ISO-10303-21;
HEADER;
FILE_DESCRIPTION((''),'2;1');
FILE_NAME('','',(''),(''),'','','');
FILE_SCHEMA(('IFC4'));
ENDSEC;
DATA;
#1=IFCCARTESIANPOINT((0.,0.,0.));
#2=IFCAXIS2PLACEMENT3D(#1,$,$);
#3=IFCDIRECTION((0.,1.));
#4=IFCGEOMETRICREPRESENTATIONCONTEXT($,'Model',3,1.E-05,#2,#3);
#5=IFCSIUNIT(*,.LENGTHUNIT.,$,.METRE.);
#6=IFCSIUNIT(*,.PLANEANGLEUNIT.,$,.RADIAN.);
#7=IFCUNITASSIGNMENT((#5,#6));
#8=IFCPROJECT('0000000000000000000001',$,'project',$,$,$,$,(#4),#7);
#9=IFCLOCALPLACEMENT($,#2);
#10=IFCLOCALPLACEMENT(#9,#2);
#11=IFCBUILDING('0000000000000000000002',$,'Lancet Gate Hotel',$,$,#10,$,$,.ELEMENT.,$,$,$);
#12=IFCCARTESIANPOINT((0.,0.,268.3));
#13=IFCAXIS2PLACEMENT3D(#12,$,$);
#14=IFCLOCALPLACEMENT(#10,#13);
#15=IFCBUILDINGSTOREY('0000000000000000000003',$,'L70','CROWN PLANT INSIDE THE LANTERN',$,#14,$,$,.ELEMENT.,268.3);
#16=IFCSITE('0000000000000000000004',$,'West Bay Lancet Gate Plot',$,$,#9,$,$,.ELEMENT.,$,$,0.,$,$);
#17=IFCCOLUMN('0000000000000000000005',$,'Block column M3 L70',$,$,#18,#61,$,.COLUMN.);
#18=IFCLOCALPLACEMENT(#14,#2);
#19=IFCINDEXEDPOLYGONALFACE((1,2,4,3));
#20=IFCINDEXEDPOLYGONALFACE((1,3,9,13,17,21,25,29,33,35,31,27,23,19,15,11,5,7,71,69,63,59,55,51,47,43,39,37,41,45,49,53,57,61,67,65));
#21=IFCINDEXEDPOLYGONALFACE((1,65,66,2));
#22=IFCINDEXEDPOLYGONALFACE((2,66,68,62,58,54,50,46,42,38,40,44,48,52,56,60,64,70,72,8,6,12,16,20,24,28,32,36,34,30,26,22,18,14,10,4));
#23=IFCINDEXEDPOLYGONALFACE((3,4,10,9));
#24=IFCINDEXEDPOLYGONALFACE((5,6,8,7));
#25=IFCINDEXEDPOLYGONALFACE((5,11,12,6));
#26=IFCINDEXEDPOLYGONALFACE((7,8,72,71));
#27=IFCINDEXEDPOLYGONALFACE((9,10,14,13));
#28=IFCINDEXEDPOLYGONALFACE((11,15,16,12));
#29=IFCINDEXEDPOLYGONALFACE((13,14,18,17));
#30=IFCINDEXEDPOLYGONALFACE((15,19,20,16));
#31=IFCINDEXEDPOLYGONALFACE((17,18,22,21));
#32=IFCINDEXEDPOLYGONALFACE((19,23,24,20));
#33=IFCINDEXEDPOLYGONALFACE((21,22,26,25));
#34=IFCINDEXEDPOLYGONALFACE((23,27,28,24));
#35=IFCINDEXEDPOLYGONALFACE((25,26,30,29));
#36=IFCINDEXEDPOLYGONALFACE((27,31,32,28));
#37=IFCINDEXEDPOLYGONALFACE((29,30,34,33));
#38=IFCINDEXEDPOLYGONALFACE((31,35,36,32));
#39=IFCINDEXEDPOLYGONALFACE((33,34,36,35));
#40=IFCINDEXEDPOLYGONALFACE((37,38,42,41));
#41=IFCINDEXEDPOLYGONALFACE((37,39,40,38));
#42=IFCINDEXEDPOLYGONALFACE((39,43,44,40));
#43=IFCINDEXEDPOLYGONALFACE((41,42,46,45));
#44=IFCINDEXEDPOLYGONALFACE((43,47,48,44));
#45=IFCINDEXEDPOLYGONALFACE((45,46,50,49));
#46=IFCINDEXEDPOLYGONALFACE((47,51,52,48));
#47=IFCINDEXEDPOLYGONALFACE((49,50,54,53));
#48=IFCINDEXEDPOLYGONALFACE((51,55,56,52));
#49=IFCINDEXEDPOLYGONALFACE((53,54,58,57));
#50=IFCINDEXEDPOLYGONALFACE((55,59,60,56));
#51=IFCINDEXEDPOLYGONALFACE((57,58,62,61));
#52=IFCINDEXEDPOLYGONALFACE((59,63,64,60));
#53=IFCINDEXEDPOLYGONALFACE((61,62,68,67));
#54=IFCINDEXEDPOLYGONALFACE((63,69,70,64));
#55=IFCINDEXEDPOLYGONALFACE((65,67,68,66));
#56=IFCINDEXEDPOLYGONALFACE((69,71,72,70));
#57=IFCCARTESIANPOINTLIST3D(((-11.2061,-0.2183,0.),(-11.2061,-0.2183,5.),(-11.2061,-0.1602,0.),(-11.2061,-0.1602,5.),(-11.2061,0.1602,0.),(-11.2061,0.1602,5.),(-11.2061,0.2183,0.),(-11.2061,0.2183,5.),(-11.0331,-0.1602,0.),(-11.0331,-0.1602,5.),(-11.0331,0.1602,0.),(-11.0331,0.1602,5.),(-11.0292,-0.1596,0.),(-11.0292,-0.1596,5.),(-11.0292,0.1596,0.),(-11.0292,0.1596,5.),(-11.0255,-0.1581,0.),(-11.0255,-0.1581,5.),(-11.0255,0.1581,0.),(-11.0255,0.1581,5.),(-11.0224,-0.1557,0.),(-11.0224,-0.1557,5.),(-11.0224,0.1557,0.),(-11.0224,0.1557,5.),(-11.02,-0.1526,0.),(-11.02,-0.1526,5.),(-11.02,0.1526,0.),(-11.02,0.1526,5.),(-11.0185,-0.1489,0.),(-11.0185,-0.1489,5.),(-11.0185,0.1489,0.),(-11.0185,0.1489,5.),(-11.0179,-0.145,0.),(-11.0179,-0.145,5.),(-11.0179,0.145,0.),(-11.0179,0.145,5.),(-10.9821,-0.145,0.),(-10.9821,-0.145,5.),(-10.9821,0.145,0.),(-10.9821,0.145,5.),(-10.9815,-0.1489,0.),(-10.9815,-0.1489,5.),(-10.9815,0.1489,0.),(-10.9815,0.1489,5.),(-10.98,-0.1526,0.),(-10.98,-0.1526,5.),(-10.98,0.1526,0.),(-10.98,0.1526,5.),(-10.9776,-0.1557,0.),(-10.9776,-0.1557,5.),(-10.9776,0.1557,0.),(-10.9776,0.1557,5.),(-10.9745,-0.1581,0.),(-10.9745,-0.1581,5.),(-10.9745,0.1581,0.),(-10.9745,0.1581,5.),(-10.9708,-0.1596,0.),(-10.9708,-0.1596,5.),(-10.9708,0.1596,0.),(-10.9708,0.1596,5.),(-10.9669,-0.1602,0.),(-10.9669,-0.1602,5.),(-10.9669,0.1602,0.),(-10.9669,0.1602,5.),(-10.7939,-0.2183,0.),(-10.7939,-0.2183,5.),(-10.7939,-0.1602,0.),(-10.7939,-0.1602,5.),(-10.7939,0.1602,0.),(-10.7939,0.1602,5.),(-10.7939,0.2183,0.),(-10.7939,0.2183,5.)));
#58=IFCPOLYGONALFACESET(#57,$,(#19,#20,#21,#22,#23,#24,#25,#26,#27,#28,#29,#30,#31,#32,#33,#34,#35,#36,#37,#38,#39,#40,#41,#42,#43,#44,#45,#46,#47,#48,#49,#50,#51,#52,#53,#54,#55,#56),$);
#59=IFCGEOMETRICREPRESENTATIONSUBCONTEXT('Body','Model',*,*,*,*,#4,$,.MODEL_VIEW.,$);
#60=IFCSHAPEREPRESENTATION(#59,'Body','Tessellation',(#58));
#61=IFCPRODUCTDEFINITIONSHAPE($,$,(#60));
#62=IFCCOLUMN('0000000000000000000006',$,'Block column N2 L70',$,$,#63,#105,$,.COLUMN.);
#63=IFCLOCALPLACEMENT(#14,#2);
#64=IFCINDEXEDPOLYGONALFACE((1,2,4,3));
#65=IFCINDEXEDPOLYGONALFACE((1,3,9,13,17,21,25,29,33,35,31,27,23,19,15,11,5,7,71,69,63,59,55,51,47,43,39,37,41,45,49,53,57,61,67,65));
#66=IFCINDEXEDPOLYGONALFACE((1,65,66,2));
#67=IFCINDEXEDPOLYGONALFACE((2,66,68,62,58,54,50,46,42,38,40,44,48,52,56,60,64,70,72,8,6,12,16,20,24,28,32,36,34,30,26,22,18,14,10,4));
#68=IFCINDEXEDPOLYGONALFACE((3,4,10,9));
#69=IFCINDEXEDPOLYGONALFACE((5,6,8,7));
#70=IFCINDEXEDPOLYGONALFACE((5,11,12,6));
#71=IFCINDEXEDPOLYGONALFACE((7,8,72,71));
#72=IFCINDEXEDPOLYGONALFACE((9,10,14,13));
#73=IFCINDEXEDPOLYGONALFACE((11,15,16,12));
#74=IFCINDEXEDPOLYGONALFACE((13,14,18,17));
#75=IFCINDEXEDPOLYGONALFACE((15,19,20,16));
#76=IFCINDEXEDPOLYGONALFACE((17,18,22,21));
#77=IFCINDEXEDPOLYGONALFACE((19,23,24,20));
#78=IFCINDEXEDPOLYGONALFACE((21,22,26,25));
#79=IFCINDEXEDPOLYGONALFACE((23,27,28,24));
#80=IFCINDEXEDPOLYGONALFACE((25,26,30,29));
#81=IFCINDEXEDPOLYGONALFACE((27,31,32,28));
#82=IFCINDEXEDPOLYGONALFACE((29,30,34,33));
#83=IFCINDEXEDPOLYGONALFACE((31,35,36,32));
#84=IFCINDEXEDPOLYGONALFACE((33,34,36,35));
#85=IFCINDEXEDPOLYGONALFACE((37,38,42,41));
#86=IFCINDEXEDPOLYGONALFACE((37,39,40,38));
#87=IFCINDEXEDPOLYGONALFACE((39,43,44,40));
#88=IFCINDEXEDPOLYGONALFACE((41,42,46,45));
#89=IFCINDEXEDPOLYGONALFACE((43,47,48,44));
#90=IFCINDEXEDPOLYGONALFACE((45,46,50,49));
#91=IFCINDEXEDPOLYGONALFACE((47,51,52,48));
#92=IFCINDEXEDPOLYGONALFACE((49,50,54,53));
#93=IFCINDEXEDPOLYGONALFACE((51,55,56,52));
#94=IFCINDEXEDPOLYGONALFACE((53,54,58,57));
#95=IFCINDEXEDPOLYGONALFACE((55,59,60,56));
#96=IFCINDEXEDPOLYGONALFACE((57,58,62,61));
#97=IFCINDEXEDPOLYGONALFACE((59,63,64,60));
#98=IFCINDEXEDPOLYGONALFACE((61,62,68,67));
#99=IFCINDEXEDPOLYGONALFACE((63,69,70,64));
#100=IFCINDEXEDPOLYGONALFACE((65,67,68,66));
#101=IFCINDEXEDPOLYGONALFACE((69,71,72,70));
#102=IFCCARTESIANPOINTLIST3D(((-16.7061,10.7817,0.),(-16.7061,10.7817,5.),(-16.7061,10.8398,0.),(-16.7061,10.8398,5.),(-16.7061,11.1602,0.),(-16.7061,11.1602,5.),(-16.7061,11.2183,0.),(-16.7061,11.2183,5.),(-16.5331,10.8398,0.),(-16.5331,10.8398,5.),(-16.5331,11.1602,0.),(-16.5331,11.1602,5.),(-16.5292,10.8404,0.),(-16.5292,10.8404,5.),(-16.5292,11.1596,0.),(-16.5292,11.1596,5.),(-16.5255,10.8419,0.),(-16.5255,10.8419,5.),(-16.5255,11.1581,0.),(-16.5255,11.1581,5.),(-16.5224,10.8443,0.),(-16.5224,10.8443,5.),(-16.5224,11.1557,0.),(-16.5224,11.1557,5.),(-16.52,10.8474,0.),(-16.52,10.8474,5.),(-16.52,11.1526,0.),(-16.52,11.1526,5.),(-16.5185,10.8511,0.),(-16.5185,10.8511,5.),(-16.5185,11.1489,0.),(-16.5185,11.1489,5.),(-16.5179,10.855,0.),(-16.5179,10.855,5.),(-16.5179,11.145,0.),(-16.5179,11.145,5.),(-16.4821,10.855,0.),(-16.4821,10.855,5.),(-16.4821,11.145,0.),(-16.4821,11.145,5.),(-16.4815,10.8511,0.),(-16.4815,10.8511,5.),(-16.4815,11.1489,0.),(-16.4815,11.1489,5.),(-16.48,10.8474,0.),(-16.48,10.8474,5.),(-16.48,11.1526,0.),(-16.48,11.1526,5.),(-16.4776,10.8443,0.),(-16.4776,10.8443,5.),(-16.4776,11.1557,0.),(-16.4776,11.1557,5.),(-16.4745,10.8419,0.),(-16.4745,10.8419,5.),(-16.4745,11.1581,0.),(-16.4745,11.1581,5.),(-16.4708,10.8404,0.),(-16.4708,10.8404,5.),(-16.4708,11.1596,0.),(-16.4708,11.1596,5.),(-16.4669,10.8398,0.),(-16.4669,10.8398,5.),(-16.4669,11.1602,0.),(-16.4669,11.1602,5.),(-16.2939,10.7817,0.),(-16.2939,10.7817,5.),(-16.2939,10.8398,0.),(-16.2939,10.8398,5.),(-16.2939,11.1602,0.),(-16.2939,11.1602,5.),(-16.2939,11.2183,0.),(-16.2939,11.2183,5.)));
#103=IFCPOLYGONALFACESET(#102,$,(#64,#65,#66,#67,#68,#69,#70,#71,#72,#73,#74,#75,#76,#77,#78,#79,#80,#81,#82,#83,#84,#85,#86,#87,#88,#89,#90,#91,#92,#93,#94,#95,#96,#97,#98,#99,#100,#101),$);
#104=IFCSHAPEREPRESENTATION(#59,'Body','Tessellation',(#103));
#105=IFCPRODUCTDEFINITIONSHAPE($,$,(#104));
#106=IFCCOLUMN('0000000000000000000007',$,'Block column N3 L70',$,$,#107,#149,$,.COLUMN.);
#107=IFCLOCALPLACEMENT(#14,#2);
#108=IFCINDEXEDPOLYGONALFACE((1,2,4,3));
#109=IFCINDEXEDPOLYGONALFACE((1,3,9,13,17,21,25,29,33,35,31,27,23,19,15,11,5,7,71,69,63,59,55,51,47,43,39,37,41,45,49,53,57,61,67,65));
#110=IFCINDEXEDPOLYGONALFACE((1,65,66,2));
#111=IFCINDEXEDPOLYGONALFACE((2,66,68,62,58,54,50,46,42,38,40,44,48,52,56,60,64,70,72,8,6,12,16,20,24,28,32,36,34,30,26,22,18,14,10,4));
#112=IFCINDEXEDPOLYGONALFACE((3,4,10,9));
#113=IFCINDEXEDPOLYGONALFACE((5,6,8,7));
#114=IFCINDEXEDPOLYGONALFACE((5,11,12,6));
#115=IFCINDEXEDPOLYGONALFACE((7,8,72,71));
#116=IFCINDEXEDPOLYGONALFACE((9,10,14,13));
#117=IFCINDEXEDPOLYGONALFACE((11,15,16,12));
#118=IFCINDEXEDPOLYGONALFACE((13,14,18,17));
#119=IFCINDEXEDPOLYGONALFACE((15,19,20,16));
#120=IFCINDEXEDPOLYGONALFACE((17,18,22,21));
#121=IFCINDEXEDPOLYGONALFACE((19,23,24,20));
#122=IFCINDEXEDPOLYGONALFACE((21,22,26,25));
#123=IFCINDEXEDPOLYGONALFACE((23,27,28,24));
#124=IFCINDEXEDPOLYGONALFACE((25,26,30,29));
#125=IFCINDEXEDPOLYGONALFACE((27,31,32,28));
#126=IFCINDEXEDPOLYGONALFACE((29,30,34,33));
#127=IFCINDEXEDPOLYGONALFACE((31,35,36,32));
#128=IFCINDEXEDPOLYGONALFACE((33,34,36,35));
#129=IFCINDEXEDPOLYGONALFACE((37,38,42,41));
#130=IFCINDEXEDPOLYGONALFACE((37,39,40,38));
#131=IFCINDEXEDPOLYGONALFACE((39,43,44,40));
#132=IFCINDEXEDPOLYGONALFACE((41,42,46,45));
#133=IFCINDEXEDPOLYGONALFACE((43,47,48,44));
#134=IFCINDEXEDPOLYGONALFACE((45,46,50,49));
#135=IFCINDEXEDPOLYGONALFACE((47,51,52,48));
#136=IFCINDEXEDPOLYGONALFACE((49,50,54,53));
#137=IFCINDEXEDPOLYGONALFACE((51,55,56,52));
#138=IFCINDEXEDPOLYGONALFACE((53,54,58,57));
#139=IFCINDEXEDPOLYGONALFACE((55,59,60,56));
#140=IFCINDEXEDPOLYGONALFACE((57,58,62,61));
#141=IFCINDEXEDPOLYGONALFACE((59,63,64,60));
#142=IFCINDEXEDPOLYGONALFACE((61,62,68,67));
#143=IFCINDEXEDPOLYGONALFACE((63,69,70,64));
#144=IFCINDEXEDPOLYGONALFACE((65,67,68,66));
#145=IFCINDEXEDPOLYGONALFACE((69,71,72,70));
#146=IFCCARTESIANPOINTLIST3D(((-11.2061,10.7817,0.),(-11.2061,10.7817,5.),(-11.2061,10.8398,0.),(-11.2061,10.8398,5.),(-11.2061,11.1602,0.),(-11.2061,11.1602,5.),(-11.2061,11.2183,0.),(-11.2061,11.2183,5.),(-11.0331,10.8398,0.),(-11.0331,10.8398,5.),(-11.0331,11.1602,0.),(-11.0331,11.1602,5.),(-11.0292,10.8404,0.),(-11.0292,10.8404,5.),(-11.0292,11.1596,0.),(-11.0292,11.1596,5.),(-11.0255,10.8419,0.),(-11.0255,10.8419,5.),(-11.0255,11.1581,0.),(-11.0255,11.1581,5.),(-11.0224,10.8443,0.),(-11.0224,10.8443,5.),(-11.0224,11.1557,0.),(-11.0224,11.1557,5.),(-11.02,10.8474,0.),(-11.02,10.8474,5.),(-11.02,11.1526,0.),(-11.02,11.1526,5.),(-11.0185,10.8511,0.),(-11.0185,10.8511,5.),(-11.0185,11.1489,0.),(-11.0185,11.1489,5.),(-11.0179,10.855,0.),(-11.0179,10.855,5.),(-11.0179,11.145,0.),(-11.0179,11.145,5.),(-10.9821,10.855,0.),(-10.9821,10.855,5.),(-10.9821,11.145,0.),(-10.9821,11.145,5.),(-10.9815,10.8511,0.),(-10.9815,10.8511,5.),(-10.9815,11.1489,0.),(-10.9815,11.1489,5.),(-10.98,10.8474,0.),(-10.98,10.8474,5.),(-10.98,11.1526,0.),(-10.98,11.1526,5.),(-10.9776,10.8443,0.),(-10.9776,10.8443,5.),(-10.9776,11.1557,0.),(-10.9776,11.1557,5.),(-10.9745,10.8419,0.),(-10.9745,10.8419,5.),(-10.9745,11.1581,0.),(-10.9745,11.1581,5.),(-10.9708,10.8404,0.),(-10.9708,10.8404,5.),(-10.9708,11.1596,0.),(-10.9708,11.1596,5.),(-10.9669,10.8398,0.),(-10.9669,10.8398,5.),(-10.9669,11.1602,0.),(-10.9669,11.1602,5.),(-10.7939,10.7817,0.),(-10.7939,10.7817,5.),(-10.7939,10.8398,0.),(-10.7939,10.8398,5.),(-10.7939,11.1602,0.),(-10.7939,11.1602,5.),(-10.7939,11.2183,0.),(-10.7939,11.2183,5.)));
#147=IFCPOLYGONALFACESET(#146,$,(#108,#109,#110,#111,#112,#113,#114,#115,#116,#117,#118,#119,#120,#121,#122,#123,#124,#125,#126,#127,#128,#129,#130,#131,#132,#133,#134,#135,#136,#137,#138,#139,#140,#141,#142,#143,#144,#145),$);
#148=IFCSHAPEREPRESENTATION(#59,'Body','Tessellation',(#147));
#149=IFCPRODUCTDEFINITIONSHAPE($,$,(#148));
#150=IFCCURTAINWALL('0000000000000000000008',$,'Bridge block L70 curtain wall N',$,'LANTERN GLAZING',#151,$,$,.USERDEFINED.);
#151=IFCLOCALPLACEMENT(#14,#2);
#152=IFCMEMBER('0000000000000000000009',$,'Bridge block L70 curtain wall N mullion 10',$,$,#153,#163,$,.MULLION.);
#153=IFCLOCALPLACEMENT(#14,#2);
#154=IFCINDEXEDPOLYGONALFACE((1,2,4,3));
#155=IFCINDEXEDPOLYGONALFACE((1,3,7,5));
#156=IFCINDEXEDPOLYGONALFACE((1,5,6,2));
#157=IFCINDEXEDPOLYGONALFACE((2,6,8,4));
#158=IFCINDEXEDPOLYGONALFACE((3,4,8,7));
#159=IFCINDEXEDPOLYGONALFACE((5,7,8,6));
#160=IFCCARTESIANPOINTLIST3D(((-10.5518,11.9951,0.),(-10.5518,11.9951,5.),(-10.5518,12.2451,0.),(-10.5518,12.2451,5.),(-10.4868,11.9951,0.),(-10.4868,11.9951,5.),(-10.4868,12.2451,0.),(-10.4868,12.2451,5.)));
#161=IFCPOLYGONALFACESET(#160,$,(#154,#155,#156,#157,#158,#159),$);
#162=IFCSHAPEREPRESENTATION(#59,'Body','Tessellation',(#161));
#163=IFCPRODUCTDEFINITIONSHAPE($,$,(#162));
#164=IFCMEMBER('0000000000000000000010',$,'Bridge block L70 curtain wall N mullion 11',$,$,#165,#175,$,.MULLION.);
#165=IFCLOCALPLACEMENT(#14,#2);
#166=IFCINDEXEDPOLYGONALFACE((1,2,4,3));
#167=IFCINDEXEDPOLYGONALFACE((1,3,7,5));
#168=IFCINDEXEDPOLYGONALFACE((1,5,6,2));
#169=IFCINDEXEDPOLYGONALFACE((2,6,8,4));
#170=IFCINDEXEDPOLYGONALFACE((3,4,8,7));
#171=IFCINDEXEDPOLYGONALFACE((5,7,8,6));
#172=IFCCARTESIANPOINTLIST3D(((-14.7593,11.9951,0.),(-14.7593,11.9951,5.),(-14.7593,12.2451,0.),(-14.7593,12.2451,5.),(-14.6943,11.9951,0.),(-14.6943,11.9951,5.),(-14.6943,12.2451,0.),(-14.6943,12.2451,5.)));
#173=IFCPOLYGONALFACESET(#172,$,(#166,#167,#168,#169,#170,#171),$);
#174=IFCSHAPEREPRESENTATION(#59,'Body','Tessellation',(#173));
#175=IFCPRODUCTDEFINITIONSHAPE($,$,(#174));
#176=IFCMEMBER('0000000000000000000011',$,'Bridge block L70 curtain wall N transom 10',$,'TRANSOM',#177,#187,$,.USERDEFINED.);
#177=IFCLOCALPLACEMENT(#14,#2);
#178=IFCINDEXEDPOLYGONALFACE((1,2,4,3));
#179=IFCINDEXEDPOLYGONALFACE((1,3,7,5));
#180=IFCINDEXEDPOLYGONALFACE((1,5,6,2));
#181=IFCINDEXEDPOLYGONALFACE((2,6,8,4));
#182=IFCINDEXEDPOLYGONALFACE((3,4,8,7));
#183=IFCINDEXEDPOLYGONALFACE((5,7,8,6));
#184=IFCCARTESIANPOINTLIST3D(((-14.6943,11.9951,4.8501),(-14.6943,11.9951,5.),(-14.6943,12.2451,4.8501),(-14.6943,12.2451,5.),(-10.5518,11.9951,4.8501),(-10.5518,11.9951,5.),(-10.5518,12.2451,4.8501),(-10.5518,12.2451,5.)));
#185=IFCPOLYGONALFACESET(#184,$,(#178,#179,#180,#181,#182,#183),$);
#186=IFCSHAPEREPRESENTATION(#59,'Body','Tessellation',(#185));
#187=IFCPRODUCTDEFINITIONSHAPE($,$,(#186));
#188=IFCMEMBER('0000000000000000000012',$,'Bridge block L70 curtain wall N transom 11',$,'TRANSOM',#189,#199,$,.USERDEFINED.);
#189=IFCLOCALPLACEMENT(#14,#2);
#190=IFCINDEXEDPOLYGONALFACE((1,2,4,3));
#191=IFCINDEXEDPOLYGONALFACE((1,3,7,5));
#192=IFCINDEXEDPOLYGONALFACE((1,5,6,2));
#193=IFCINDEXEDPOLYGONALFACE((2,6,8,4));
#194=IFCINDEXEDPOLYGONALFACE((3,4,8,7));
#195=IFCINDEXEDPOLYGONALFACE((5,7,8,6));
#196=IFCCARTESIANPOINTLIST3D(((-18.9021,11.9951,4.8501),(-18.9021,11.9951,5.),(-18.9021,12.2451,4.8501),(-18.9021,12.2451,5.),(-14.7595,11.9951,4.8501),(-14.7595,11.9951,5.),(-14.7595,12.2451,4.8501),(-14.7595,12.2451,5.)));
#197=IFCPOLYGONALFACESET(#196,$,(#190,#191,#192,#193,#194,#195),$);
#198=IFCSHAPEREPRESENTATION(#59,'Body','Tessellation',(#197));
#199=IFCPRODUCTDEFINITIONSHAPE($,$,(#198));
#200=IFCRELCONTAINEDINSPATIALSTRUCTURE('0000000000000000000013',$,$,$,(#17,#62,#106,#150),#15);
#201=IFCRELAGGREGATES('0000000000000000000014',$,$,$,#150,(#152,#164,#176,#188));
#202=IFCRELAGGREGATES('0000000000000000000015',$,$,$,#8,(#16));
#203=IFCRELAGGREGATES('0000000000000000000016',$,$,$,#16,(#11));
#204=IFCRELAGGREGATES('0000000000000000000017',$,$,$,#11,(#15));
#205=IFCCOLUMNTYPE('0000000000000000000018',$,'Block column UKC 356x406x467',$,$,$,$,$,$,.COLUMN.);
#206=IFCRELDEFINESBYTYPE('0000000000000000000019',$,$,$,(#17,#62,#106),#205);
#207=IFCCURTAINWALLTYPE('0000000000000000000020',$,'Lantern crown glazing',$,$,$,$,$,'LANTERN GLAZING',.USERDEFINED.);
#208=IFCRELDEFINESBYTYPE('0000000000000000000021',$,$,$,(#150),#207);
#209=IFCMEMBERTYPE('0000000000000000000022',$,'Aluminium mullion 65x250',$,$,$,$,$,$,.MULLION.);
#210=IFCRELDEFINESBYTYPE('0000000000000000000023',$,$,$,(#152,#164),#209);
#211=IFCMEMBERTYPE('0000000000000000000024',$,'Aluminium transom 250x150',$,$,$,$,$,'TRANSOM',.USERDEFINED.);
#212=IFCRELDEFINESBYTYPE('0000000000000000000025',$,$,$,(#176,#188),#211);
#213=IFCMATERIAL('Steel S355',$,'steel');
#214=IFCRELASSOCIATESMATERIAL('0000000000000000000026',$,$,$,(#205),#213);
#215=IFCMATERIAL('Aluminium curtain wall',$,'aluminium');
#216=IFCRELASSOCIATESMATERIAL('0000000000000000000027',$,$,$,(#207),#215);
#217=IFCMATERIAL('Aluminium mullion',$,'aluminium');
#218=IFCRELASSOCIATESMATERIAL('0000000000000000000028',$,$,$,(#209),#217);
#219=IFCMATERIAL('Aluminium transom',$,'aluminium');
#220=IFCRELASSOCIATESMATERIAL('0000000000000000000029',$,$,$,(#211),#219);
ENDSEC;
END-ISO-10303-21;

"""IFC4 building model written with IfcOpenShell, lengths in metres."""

from ifc_helpers import new_model, si_unit, direction, frame, origin, origin_2d, place, context, subcontext, project, spatial, rectangle, i_section, extrude, material, material_profile, profile_set, type_object, element, aggregate, save


model = new_model("IFC4")

# Units and contexts
model_context = context("Model", 3, precision=1e-05, world=origin(), true_north=direction((0.0, 1.0)))
body_context = subcontext(model_context, "Body", "Model", "MODEL_VIEW")
ifc_project = project(units=[si_unit("LENGTHUNIT", "METRE"), si_unit("PLANEANGLEUNIT", "RADIAN")], contexts=[model_context])

# Site, building, storey
site_placement = place(None, origin())
site = spatial("IfcSite", under=ifc_project, at=site_placement, Name="West Bay Lancet Gate Plot", CompositionType="ELEMENT", RefElevation=0.0)
building_placement = place(site_placement, origin())
building = spatial("IfcBuilding", under=site, at=building_placement, Name="Lancet Gate Hotel", CompositionType="ELEMENT")
storey_placement = place(building_placement, frame((0.0, 0.0, 268.3)))
storey = spatial("IfcBuildingStorey", under=building, at=storey_placement, Name="L70", Description="CROWN PLANT INSIDE THE LANTERN", CompositionType="ELEMENT", Elevation=268.3)

# Columns
ifc_material_1 = material(Name="Steel S355", Category="steel")
ifc_material_profile_1 = material_profile(ifc_material_1, i_section(OverallWidth=0.4121, OverallDepth=0.4365, WebThickness=0.0359, FlangeThickness=0.0581, FilletRadius=0.0151, at=origin_2d()), Name="UKC 356x406x467")
ifc_profile_set_1 = profile_set([ifc_material_profile_1], Name="Steel S355")
column_type = type_object("IfcColumnType", Name="Block column UKC 356x406x467", PredefinedType="COLUMN", material=ifc_profile_set_1)
for number, where, z_axis, x_axis, name in (
    (1, (-11.0, 0.0, 0.0), (0.0, 0.0, 1.0), (1.0, 0.0, 0.0), "Block column M3 L70"),
    (2, (-16.5, 11.0, 0.0), (0.0, 0.0, 1.0), (1.0, 0.0, 0.0), "Block column N2 L70"),
    (3, (-11.0, 11.0, 0.0), (0.0, 0.0, 1.0), (1.0, 0.0, 0.0), "Block column N3 L70"),
):
    element("IfcColumn", number, at=place(storey_placement, frame(where, z_axis=z_axis, x_axis=x_axis)), inside=storey, type_object=column_type, Name=name, PredefinedType="COLUMN", context=body_context, shape_type="SweptSolid", body=[
        extrude(i_section(OverallWidth=0.4121, OverallDepth=0.4365, WebThickness=0.0359, FlangeThickness=0.0581, FilletRadius=0.0151, at=origin_2d()), origin(), (0.0, 0.0, 1.0), 5.0),
    ])

# Curtain wall, members
ifc_material_2 = material(Name="Aluminium curtain wall", Category="aluminium")
curtain_wall_type_1 = type_object("IfcCurtainWallType", Name="Lantern crown glazing", ElementType="LANTERN GLAZING", PredefinedType="USERDEFINED", material=ifc_material_2)
curtain_wall_1_placement = place(storey_placement, origin())
curtain_wall_1 = element("IfcCurtainWall", 4, at=curtain_wall_1_placement, inside=storey, type_object=curtain_wall_type_1, Name="Bridge block L70 curtain wall N", ObjectType="LANTERN GLAZING", PredefinedType="USERDEFINED")
ifc_material_3 = material(Name="Aluminium mullion", Category="aluminium")
ifc_material_profile_2 = material_profile(ifc_material_3, rectangle(XDim=0.0649, YDim=0.25, at=origin_2d()), Name="MULLION 65x250")
ifc_profile_set_2 = profile_set([ifc_material_profile_2], Name="Aluminium mullion")
member_type_1 = type_object("IfcMemberType", Name="Aluminium mullion 65x250", PredefinedType="MULLION", material=ifc_profile_set_2)
member_1_placement = place(storey_placement, frame((-10.5193, 12.1201, 0.0), z_axis=(0.0, 0.0, 1.0), x_axis=(-1.0, 0.0, 0.0)))
member_1 = element("IfcMember", 5, at=member_1_placement, type_object=member_type_1, Name="Bridge block L70 curtain wall N mullion 10", PredefinedType="MULLION", context=body_context, shape_type="SweptSolid", body=[
    extrude(rectangle(XDim=0.0649, YDim=0.25, at=origin_2d()), origin(), (0.0, 0.0, 1.0), 5.0),
])
member_2_placement = place(storey_placement, frame((-14.7268, 12.1201, 0.0), z_axis=(0.0, 0.0, 1.0), x_axis=(-1.0, 0.0, 0.0)))
member_2 = element("IfcMember", 6, at=member_2_placement, type_object=member_type_1, Name="Bridge block L70 curtain wall N mullion 11", PredefinedType="MULLION", context=body_context, shape_type="SweptSolid", body=[
    extrude(rectangle(XDim=0.0649, YDim=0.25, at=origin_2d()), origin(), (0.0, 0.0, 1.0), 5.0),
])
ifc_material_4 = material(Name="Aluminium transom", Category="aluminium")
ifc_material_profile_3 = material_profile(ifc_material_4, rectangle(XDim=0.25, YDim=0.1499, at=origin_2d()), Name="TRANSOM 250x150")
ifc_profile_set_3 = profile_set([ifc_material_profile_3], Name="Aluminium transom")
member_type_2 = type_object("IfcMemberType", Name="Aluminium transom 250x150", ElementType="TRANSOM", PredefinedType="USERDEFINED", material=ifc_profile_set_3)
member_3_placement = place(storey_placement, frame((-10.5518, 12.1201, 4.925), z_axis=(-1.0, 0.0, 0.0), x_axis=(0.0, -1.0, 0.0)))
member_3 = element("IfcMember", 7, at=member_3_placement, type_object=member_type_2, Name="Bridge block L70 curtain wall N transom 10", ObjectType="TRANSOM", PredefinedType="USERDEFINED", context=body_context, shape_type="SweptSolid", body=[
    extrude(rectangle(XDim=0.25, YDim=0.1499, at=origin_2d()), origin(), (0.0, 0.0, 1.0), 4.1426),
])
member_4_placement = place(storey_placement, frame((-14.7595, 12.1201, 4.925), z_axis=(-1.0, 0.0, 0.0), x_axis=(0.0, -1.0, 0.0)))
member_4 = element("IfcMember", 8, at=member_4_placement, type_object=member_type_2, Name="Bridge block L70 curtain wall N transom 11", ObjectType="TRANSOM", PredefinedType="USERDEFINED", context=body_context, shape_type="SweptSolid", body=[
    extrude(rectangle(XDim=0.25, YDim=0.1499, at=origin_2d()), origin(), (0.0, 0.0, 1.0), 4.1426),
])

aggregate(curtain_wall_1, [member_1, member_2, member_3, member_4])

save(model, "model.ifc")
